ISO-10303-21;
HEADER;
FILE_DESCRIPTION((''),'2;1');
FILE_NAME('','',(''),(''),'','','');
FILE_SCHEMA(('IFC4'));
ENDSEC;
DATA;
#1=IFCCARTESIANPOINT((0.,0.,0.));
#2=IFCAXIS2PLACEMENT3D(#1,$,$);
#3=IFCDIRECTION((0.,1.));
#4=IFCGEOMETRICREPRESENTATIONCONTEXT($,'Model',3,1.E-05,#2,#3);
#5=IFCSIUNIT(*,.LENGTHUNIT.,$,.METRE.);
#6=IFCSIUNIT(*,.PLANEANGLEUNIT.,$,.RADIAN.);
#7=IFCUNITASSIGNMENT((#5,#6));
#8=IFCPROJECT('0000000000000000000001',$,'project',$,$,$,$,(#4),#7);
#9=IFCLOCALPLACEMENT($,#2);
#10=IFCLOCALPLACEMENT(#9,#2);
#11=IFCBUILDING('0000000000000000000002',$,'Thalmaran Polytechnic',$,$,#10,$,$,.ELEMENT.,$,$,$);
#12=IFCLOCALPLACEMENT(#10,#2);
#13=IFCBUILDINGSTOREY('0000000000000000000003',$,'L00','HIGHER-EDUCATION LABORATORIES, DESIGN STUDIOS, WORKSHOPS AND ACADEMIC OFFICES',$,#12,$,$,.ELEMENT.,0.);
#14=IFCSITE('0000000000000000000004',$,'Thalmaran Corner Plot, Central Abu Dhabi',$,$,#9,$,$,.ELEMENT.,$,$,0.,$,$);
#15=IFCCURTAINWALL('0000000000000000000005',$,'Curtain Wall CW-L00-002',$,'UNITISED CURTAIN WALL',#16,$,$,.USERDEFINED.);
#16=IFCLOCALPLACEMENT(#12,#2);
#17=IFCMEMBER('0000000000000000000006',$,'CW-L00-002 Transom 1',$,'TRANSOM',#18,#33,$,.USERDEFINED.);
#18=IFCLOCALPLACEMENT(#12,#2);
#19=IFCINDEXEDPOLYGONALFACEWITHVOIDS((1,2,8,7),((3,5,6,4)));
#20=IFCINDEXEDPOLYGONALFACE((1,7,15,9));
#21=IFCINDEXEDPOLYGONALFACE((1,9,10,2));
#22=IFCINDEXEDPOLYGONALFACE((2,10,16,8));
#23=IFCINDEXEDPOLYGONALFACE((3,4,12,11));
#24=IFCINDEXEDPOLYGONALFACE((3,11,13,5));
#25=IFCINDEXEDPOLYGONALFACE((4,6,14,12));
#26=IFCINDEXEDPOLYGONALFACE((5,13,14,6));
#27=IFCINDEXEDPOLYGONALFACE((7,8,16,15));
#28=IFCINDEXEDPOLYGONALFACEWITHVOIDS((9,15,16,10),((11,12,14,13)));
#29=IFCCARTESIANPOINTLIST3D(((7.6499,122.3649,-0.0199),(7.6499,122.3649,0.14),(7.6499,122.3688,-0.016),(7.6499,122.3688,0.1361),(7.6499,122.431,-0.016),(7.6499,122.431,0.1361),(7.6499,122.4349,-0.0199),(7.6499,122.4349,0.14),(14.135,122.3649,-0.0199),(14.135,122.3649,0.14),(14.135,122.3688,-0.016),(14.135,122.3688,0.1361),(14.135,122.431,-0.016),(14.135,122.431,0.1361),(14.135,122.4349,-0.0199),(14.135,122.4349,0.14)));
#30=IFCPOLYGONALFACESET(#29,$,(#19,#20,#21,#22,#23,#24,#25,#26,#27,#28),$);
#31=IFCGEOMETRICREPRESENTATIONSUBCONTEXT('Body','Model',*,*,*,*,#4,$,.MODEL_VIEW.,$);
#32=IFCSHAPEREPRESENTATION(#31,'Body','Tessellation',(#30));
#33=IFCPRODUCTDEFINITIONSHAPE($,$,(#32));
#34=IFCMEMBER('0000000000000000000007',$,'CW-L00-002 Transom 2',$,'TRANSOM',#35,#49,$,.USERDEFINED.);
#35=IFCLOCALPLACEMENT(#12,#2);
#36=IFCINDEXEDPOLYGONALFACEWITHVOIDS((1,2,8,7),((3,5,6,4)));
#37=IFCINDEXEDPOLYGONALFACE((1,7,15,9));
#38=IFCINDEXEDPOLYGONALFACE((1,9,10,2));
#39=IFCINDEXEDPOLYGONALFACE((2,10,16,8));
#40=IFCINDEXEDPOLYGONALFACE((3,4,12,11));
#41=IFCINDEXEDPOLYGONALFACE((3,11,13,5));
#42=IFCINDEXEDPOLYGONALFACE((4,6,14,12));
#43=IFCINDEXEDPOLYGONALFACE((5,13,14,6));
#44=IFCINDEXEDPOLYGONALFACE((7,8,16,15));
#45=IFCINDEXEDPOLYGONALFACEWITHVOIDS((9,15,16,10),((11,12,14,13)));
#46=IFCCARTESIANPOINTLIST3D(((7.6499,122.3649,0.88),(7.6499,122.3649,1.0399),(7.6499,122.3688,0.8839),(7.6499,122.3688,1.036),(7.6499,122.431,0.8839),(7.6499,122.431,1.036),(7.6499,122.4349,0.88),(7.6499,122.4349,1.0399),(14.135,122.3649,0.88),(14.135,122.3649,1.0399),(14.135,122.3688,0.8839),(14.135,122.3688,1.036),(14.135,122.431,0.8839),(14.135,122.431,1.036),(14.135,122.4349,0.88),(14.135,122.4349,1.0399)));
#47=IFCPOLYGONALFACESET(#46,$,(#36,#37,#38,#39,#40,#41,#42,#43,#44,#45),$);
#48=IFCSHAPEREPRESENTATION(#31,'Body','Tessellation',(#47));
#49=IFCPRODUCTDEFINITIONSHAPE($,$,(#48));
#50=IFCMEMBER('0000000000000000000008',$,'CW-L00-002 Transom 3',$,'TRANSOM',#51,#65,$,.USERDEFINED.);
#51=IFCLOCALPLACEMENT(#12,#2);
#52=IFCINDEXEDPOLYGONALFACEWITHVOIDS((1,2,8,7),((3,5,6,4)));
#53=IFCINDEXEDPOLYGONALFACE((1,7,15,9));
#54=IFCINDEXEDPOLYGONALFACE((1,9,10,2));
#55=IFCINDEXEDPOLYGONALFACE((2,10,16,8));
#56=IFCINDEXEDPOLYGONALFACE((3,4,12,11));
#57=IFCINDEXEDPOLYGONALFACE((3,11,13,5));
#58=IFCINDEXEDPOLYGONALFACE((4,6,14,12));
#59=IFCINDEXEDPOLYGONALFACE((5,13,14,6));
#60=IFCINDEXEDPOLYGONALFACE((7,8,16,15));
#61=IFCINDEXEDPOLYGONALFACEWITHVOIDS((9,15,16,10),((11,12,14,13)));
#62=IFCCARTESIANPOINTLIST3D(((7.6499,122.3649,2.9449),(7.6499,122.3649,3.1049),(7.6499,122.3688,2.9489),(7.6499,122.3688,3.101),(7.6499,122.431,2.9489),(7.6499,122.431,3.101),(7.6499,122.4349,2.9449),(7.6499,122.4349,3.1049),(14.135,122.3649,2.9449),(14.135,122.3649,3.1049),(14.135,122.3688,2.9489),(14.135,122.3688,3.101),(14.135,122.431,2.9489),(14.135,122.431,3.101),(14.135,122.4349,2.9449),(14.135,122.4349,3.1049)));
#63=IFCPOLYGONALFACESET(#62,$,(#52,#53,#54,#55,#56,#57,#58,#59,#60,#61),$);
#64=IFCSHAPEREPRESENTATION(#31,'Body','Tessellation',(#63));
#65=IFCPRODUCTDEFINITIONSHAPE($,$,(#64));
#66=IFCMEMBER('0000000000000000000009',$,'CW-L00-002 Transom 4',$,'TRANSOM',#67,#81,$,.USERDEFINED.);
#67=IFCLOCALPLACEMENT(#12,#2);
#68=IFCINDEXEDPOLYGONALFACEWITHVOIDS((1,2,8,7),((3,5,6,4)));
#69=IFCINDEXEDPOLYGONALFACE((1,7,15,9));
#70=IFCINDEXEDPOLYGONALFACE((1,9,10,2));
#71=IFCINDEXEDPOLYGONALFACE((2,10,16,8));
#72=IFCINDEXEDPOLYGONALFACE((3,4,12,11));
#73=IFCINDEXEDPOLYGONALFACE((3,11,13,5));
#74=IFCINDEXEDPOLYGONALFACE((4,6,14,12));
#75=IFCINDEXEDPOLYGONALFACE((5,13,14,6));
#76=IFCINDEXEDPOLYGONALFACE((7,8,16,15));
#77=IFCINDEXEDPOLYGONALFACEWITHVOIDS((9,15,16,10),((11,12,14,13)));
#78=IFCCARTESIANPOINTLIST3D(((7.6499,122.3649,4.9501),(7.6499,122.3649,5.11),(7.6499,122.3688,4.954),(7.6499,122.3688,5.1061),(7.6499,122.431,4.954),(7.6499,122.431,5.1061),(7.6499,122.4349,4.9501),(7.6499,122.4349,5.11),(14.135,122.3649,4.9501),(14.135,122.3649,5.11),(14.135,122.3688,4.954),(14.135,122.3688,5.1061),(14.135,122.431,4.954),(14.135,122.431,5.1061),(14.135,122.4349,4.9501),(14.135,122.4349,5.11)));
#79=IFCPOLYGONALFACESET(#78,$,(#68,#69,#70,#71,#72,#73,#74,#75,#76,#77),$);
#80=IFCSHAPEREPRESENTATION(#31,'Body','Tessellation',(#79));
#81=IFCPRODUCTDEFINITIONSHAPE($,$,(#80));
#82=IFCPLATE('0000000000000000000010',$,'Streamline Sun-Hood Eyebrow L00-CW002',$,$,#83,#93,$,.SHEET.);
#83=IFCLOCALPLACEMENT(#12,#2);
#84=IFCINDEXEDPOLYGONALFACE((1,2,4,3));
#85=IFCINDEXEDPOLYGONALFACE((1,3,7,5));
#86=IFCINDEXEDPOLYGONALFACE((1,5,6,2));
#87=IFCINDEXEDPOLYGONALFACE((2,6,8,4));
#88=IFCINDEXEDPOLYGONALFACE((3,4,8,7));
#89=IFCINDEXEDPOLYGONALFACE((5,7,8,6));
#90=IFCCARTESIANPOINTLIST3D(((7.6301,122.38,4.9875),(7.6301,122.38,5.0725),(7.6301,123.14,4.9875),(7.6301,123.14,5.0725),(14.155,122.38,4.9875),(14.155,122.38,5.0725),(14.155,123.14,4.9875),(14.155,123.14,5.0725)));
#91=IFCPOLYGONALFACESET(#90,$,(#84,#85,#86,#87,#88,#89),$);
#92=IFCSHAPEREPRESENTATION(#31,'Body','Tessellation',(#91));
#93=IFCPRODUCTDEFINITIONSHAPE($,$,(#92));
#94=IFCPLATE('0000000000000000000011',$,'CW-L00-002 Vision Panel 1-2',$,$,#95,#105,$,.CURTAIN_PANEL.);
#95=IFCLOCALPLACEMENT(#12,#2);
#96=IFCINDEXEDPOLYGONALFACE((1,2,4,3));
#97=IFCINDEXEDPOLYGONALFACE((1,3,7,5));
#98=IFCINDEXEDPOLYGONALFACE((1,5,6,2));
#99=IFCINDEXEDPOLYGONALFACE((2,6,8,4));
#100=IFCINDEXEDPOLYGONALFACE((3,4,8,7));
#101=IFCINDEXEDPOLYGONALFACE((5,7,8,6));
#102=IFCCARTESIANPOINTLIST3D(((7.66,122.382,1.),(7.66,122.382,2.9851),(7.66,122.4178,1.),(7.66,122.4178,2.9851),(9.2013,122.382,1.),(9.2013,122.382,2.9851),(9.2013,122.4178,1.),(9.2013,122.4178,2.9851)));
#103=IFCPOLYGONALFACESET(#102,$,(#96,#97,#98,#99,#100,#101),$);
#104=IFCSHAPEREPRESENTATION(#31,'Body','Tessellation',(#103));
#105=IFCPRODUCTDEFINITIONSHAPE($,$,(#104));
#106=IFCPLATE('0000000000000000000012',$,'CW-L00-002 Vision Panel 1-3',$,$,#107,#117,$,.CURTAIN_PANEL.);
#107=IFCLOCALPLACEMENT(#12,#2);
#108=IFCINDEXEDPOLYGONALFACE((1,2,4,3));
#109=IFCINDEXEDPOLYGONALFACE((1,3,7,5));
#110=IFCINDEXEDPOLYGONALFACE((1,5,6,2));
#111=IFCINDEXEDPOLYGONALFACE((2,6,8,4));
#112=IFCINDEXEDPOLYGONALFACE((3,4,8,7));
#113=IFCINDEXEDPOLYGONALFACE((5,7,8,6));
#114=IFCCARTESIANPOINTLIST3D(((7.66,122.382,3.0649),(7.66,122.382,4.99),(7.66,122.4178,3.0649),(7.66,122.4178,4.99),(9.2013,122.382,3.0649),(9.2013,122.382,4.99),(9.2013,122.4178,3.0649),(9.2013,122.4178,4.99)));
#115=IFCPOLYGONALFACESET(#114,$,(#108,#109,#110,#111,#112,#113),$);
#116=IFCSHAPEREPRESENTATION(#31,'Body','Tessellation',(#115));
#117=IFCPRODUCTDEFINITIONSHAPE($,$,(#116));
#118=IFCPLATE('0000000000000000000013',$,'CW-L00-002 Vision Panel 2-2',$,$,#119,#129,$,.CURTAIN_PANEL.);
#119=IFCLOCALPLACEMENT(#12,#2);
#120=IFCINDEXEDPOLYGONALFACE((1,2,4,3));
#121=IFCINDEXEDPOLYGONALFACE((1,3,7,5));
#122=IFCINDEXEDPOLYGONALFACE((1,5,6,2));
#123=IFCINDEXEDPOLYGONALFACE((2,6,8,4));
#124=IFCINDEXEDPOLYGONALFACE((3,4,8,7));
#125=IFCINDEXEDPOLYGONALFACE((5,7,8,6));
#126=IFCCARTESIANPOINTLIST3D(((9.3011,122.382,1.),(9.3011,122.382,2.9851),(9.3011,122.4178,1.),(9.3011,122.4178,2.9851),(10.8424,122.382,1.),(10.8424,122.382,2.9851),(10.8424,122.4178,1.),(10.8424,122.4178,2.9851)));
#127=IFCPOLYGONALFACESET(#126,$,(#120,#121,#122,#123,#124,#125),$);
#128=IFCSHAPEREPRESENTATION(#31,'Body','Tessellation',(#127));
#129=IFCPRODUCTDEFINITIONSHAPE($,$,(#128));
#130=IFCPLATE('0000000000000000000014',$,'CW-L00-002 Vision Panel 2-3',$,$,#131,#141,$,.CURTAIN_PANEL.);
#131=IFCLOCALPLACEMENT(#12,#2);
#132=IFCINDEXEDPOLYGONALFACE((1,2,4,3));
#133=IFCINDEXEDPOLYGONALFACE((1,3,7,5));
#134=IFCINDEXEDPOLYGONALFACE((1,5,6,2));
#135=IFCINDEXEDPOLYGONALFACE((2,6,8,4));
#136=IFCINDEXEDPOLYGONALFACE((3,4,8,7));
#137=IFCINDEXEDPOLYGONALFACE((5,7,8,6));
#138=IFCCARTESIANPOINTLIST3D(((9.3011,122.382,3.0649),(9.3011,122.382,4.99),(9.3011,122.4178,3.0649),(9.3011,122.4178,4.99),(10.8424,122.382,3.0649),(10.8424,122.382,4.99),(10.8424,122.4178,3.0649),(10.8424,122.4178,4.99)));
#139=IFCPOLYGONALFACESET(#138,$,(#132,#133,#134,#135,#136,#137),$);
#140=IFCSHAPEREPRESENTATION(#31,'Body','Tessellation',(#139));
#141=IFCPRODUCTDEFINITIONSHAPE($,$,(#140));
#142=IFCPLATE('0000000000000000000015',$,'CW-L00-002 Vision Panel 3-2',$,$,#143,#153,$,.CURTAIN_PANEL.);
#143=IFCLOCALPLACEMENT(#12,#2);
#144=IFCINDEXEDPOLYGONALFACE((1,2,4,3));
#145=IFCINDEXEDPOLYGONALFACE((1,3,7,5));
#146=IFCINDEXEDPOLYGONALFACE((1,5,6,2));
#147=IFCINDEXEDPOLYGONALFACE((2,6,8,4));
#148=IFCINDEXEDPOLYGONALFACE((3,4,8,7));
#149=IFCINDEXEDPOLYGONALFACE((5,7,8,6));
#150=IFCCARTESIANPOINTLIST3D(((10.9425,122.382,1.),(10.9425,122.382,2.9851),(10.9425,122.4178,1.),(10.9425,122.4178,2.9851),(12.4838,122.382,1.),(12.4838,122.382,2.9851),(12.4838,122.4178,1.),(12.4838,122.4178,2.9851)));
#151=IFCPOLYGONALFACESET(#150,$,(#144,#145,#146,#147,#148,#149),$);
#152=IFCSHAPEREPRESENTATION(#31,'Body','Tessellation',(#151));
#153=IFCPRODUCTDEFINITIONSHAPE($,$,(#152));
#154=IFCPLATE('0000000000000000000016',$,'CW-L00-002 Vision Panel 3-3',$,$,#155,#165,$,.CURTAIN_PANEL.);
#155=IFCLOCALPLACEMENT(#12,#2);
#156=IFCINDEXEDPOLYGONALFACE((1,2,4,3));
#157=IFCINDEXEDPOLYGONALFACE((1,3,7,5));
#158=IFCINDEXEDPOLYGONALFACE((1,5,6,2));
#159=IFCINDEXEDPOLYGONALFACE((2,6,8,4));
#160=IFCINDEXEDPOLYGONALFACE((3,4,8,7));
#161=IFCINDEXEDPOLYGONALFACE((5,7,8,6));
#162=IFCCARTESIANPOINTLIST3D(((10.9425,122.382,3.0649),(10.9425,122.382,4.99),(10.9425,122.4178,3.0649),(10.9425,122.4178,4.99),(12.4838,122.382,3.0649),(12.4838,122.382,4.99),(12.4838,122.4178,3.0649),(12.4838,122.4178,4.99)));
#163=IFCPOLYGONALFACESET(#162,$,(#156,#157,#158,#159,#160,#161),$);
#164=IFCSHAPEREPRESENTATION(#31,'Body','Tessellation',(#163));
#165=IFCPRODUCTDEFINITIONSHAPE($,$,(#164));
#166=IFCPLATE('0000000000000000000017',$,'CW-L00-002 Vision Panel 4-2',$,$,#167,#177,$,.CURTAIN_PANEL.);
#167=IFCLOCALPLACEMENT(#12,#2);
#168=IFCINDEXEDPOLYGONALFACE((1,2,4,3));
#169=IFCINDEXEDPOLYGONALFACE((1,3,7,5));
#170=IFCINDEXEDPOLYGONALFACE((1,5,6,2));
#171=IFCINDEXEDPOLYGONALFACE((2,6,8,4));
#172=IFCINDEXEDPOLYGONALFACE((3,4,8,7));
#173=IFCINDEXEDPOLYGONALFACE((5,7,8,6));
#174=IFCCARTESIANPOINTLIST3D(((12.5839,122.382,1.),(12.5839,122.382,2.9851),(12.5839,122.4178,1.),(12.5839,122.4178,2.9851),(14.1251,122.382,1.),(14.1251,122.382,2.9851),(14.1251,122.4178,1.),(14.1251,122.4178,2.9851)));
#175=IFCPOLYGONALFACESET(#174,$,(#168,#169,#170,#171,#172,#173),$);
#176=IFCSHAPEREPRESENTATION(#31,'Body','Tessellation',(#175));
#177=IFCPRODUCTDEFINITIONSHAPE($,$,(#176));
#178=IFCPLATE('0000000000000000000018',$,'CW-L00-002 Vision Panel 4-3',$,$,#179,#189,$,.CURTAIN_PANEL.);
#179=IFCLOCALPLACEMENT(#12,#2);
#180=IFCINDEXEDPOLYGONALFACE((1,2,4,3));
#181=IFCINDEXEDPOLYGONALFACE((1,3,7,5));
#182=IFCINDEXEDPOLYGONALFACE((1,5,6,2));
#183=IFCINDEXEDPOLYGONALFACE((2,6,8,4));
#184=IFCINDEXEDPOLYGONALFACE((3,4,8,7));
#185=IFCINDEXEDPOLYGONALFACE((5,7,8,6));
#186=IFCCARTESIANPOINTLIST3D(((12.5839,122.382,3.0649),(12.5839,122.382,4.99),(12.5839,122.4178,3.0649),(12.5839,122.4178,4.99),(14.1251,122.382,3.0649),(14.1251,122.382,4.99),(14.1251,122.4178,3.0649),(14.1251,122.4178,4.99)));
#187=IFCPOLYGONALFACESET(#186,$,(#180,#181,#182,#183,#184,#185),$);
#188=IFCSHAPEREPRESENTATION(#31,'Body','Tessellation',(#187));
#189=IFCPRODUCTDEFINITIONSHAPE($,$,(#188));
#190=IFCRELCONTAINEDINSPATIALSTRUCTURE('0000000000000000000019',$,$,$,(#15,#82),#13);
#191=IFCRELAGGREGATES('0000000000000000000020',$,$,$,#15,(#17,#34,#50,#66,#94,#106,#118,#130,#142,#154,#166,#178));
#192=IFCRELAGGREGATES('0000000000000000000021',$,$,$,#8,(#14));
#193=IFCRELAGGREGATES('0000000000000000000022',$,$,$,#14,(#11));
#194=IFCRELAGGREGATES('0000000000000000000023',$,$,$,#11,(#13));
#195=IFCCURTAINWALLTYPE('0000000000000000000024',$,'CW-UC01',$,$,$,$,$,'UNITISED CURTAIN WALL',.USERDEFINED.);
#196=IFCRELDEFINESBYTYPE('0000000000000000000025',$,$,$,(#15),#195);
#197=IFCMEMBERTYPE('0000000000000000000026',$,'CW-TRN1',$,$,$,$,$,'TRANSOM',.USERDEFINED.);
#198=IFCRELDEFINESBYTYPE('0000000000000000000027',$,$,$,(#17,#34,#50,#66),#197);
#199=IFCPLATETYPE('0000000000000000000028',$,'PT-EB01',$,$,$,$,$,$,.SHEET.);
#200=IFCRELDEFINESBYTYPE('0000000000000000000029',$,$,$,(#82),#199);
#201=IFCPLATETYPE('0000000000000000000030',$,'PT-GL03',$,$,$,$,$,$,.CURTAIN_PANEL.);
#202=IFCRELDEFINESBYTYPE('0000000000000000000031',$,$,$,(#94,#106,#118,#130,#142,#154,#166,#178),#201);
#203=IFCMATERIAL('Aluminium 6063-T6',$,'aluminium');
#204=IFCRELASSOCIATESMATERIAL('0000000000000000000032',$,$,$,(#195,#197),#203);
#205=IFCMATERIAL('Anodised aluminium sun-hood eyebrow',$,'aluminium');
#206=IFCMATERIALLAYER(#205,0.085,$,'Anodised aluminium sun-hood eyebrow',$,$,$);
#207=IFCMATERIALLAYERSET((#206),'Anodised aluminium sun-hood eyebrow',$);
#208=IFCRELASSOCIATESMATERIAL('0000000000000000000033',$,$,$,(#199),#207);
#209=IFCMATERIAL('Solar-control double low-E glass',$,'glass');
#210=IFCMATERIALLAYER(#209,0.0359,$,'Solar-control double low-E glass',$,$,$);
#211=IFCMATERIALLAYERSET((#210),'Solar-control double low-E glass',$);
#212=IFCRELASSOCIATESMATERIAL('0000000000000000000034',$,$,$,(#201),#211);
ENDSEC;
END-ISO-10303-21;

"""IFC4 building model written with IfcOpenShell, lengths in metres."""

from ifc_helpers import new_model, si_unit, direction, frame, origin, origin_2d, place, context, subcontext, project, spatial, rectangle, hollow_rectangle, extrude, material, layer, layer_set, material_profile, profile_set, type_object, element, aggregate, save


model = new_model("IFC4")

# Units and contexts
model_context = context("Model", 3, precision=1e-05, world=origin(), true_north=direction((0.0, 1.0)))
body_context = subcontext(model_context, "Body", "Model", "MODEL_VIEW")
ifc_project = project(units=[si_unit("LENGTHUNIT", "METRE"), si_unit("PLANEANGLEUNIT", "RADIAN")], contexts=[model_context])

# Site, building, storey
site_placement = place(None, origin())
site = spatial("IfcSite", under=ifc_project, at=site_placement, Name="Thalmaran Corner Plot, Central Abu Dhabi", CompositionType="ELEMENT", RefElevation=0.0)
building_placement = place(site_placement, origin())
building = spatial("IfcBuilding", under=site, at=building_placement, Name="Thalmaran Polytechnic", CompositionType="ELEMENT")
storey_placement = place(building_placement, origin())
storey = spatial("IfcBuildingStorey", under=building, at=storey_placement, Name="L00", Description="HIGHER-EDUCATION LABORATORIES, DESIGN STUDIOS, WORKSHOPS AND ACADEMIC OFFICES", CompositionType="ELEMENT", Elevation=0.0)

# Curtain wall, members
ifc_material_1 = material(Name="Aluminium 6063-T6", Category="aluminium")
curtain_wall_type = type_object("IfcCurtainWallType", Name="CW-UC01", ElementType="UNITISED CURTAIN WALL", PredefinedType="USERDEFINED", material=ifc_material_1)
curtain_wall_placement = place(storey_placement, origin())
curtain_wall = element("IfcCurtainWall", 1, at=curtain_wall_placement, inside=storey, type_object=curtain_wall_type, Name="Curtain Wall CW-L00-002", ObjectType="UNITISED CURTAIN WALL", PredefinedType="USERDEFINED")
ifc_material_profile_1 = material_profile(ifc_material_1, hollow_rectangle(XDim=0.0701, YDim=0.1599, WallThickness=0.0039, at=origin_2d()), Name="AL 160x70x4.0")
ifc_profile_set_1 = profile_set([ifc_material_profile_1], Name="Aluminium 6063-T6")
member_type_1 = type_object("IfcMemberType", Name="CW-TRN1", ElementType="TRANSOM", PredefinedType="USERDEFINED", material=ifc_profile_set_1)
member_1_placement = place(storey_placement, frame((7.6499, 122.3999, 0.0601), z_axis=(1.0, 0.0, 0.0), x_axis=(0.0, 1.0, 0.0)))
member_1 = element("IfcMember", 2, at=member_1_placement, type_object=member_type_1, Name="CW-L00-002 Transom 1", ObjectType="TRANSOM", PredefinedType="USERDEFINED", context=body_context, shape_type="SweptSolid", body=[
    extrude(hollow_rectangle(XDim=0.0701, YDim=0.1599, WallThickness=0.0039, at=origin_2d()), origin(), (0.0, 0.0, 1.0), 6.4851),
])
member_2_placement = place(storey_placement, frame((7.6499, 122.3999, 0.96), z_axis=(1.0, 0.0, 0.0), x_axis=(0.0, 1.0, 0.0)))
member_2 = element("IfcMember", 3, at=member_2_placement, type_object=member_type_1, Name="CW-L00-002 Transom 2", ObjectType="TRANSOM", PredefinedType="USERDEFINED", context=body_context, shape_type="SweptSolid", body=[
    extrude(hollow_rectangle(XDim=0.0701, YDim=0.1599, WallThickness=0.0039, at=origin_2d()), origin(), (0.0, 0.0, 1.0), 6.4851),
])
member_3_placement = place(storey_placement, frame((7.6499, 122.3999, 3.0249), z_axis=(1.0, 0.0, 0.0), x_axis=(0.0, 1.0, 0.0)))
member_3 = element("IfcMember", 4, at=member_3_placement, type_object=member_type_1, Name="CW-L00-002 Transom 3", ObjectType="TRANSOM", PredefinedType="USERDEFINED", context=body_context, shape_type="SweptSolid", body=[
    extrude(hollow_rectangle(XDim=0.0701, YDim=0.1599, WallThickness=0.0039, at=origin_2d()), origin(), (0.0, 0.0, 1.0), 6.4851),
])
member_4_placement = place(storey_placement, frame((7.6499, 122.3999, 5.03), z_axis=(1.0, 0.0, 0.0), x_axis=(0.0, 1.0, 0.0)))
member_4 = element("IfcMember", 5, at=member_4_placement, type_object=member_type_1, Name="CW-L00-002 Transom 4", ObjectType="TRANSOM", PredefinedType="USERDEFINED", context=body_context, shape_type="SweptSolid", body=[
    extrude(hollow_rectangle(XDim=0.0701, YDim=0.1599, WallThickness=0.0039, at=origin_2d()), origin(), (0.0, 0.0, 1.0), 6.4851),
])

# Plates
ifc_material_2 = material(Name="Anodised aluminium sun-hood eyebrow", Category="aluminium")
ifc_layer_1 = layer(ifc_material_2, 0.085, Name="Anodised aluminium sun-hood eyebrow")
ifc_layer_set_1 = layer_set([ifc_layer_1], Name="Anodised aluminium sun-hood eyebrow")
plate_type_1 = type_object("IfcPlateType", Name="PT-EB01", PredefinedType="SHEET", material=ifc_layer_set_1)
plate_1_placement = place(storey_placement, frame((10.8926, 122.76, 4.9875), z_axis=(0.0, 0.0, 1.0), x_axis=(1.0, 0.0, 0.0)))
element("IfcPlate", 6, at=plate_1_placement, inside=storey, type_object=plate_type_1, Name="Streamline Sun-Hood Eyebrow L00-CW002", PredefinedType="SHEET", context=body_context, shape_type="SweptSolid", body=[
    extrude(rectangle(XDim=6.5249, YDim=0.76, at=origin_2d()), origin(), (0.0, 0.0, 1.0), 0.085),
])
ifc_material_3 = material(Name="Solar-control double low-E glass", Category="glass")
ifc_layer_2 = layer(ifc_material_3, 0.0359, Name="Solar-control double low-E glass")
ifc_layer_set_2 = layer_set([ifc_layer_2], Name="Solar-control double low-E glass")
plate_type_2 = type_object("IfcPlateType", Name="PT-GL03", PredefinedType="CURTAIN_PANEL", material=ifc_layer_set_2)
plate_2_placement = place(storey_placement, frame((8.4307, 122.3999, 1.0), z_axis=(0.0, 0.0, 1.0), x_axis=(1.0, 0.0, 0.0)))
plate_2 = element("IfcPlate", 7, at=plate_2_placement, type_object=plate_type_2, Name="CW-L00-002 Vision Panel 1-2", PredefinedType="CURTAIN_PANEL", context=body_context, shape_type="SweptSolid", body=[
    extrude(rectangle(XDim=1.5413, YDim=0.0359, at=origin_2d()), origin(), (0.0, 0.0, 1.0), 1.9851),
])
plate_3_placement = place(storey_placement, frame((8.4307, 122.3999, 3.0649), z_axis=(0.0, 0.0, 1.0), x_axis=(1.0, 0.0, 0.0)))
plate_3 = element("IfcPlate", 8, at=plate_3_placement, type_object=plate_type_2, Name="CW-L00-002 Vision Panel 1-3", PredefinedType="CURTAIN_PANEL", context=body_context, shape_type="SweptSolid", body=[
    extrude(rectangle(XDim=1.5413, YDim=0.0359, at=origin_2d()), origin(), (0.0, 0.0, 1.0), 1.925),
])
plate_4_placement = place(storey_placement, frame((10.0718, 122.3999, 1.0), z_axis=(0.0, 0.0, 1.0), x_axis=(1.0, 0.0, 0.0)))
plate_4 = element("IfcPlate", 9, at=plate_4_placement, type_object=plate_type_2, Name="CW-L00-002 Vision Panel 2-2", PredefinedType="CURTAIN_PANEL", context=body_context, shape_type="SweptSolid", body=[
    extrude(rectangle(XDim=1.5413, YDim=0.0359, at=origin_2d()), origin(), (0.0, 0.0, 1.0), 1.9851),
])
plate_5_placement = place(storey_placement, frame((10.0718, 122.3999, 3.0649), z_axis=(0.0, 0.0, 1.0), x_axis=(1.0, 0.0, 0.0)))
plate_5 = element("IfcPlate", 10, at=plate_5_placement, type_object=plate_type_2, Name="CW-L00-002 Vision Panel 2-3", PredefinedType="CURTAIN_PANEL", context=body_context, shape_type="SweptSolid", body=[
    extrude(rectangle(XDim=1.5413, YDim=0.0359, at=origin_2d()), origin(), (0.0, 0.0, 1.0), 1.925),
])
plate_6_placement = place(storey_placement, frame((11.7131, 122.3999, 1.0), z_axis=(0.0, 0.0, 1.0), x_axis=(1.0, 0.0, 0.0)))
plate_6 = element("IfcPlate", 11, at=plate_6_placement, type_object=plate_type_2, Name="CW-L00-002 Vision Panel 3-2", PredefinedType="CURTAIN_PANEL", context=body_context, shape_type="SweptSolid", body=[
    extrude(rectangle(XDim=1.5413, YDim=0.0359, at=origin_2d()), origin(), (0.0, 0.0, 1.0), 1.9851),
])
plate_7_placement = place(storey_placement, frame((11.7131, 122.3999, 3.0649), z_axis=(0.0, 0.0, 1.0), x_axis=(1.0, 0.0, 0.0)))
plate_7 = element("IfcPlate", 12, at=plate_7_placement, type_object=plate_type_2, Name="CW-L00-002 Vision Panel 3-3", PredefinedType="CURTAIN_PANEL", context=body_context, shape_type="SweptSolid", body=[
    extrude(rectangle(XDim=1.5413, YDim=0.0359, at=origin_2d()), origin(), (0.0, 0.0, 1.0), 1.925),
])
plate_8_placement = place(storey_placement, frame((13.3545, 122.3999, 1.0), z_axis=(0.0, 0.0, 1.0), x_axis=(1.0, 0.0, 0.0)))
plate_8 = element("IfcPlate", 13, at=plate_8_placement, type_object=plate_type_2, Name="CW-L00-002 Vision Panel 4-2", PredefinedType="CURTAIN_PANEL", context=body_context, shape_type="SweptSolid", body=[
    extrude(rectangle(XDim=1.5413, YDim=0.0359, at=origin_2d()), origin(), (0.0, 0.0, 1.0), 1.9851),
])
plate_9_placement = place(storey_placement, frame((13.3545, 122.3999, 3.0649), z_axis=(0.0, 0.0, 1.0), x_axis=(1.0, 0.0, 0.0)))
plate_9 = element("IfcPlate", 14, at=plate_9_placement, type_object=plate_type_2, Name="CW-L00-002 Vision Panel 4-3", PredefinedType="CURTAIN_PANEL", context=body_context, shape_type="SweptSolid", body=[
    extrude(rectangle(XDim=1.5413, YDim=0.0359, at=origin_2d()), origin(), (0.0, 0.0, 1.0), 1.925),
])
aggregate(curtain_wall, [member_1, member_2, member_3, member_4, plate_2, plate_3, plate_4, plate_5, plate_6, plate_7, plate_8, plate_9])

save(model, "model.ifc")
